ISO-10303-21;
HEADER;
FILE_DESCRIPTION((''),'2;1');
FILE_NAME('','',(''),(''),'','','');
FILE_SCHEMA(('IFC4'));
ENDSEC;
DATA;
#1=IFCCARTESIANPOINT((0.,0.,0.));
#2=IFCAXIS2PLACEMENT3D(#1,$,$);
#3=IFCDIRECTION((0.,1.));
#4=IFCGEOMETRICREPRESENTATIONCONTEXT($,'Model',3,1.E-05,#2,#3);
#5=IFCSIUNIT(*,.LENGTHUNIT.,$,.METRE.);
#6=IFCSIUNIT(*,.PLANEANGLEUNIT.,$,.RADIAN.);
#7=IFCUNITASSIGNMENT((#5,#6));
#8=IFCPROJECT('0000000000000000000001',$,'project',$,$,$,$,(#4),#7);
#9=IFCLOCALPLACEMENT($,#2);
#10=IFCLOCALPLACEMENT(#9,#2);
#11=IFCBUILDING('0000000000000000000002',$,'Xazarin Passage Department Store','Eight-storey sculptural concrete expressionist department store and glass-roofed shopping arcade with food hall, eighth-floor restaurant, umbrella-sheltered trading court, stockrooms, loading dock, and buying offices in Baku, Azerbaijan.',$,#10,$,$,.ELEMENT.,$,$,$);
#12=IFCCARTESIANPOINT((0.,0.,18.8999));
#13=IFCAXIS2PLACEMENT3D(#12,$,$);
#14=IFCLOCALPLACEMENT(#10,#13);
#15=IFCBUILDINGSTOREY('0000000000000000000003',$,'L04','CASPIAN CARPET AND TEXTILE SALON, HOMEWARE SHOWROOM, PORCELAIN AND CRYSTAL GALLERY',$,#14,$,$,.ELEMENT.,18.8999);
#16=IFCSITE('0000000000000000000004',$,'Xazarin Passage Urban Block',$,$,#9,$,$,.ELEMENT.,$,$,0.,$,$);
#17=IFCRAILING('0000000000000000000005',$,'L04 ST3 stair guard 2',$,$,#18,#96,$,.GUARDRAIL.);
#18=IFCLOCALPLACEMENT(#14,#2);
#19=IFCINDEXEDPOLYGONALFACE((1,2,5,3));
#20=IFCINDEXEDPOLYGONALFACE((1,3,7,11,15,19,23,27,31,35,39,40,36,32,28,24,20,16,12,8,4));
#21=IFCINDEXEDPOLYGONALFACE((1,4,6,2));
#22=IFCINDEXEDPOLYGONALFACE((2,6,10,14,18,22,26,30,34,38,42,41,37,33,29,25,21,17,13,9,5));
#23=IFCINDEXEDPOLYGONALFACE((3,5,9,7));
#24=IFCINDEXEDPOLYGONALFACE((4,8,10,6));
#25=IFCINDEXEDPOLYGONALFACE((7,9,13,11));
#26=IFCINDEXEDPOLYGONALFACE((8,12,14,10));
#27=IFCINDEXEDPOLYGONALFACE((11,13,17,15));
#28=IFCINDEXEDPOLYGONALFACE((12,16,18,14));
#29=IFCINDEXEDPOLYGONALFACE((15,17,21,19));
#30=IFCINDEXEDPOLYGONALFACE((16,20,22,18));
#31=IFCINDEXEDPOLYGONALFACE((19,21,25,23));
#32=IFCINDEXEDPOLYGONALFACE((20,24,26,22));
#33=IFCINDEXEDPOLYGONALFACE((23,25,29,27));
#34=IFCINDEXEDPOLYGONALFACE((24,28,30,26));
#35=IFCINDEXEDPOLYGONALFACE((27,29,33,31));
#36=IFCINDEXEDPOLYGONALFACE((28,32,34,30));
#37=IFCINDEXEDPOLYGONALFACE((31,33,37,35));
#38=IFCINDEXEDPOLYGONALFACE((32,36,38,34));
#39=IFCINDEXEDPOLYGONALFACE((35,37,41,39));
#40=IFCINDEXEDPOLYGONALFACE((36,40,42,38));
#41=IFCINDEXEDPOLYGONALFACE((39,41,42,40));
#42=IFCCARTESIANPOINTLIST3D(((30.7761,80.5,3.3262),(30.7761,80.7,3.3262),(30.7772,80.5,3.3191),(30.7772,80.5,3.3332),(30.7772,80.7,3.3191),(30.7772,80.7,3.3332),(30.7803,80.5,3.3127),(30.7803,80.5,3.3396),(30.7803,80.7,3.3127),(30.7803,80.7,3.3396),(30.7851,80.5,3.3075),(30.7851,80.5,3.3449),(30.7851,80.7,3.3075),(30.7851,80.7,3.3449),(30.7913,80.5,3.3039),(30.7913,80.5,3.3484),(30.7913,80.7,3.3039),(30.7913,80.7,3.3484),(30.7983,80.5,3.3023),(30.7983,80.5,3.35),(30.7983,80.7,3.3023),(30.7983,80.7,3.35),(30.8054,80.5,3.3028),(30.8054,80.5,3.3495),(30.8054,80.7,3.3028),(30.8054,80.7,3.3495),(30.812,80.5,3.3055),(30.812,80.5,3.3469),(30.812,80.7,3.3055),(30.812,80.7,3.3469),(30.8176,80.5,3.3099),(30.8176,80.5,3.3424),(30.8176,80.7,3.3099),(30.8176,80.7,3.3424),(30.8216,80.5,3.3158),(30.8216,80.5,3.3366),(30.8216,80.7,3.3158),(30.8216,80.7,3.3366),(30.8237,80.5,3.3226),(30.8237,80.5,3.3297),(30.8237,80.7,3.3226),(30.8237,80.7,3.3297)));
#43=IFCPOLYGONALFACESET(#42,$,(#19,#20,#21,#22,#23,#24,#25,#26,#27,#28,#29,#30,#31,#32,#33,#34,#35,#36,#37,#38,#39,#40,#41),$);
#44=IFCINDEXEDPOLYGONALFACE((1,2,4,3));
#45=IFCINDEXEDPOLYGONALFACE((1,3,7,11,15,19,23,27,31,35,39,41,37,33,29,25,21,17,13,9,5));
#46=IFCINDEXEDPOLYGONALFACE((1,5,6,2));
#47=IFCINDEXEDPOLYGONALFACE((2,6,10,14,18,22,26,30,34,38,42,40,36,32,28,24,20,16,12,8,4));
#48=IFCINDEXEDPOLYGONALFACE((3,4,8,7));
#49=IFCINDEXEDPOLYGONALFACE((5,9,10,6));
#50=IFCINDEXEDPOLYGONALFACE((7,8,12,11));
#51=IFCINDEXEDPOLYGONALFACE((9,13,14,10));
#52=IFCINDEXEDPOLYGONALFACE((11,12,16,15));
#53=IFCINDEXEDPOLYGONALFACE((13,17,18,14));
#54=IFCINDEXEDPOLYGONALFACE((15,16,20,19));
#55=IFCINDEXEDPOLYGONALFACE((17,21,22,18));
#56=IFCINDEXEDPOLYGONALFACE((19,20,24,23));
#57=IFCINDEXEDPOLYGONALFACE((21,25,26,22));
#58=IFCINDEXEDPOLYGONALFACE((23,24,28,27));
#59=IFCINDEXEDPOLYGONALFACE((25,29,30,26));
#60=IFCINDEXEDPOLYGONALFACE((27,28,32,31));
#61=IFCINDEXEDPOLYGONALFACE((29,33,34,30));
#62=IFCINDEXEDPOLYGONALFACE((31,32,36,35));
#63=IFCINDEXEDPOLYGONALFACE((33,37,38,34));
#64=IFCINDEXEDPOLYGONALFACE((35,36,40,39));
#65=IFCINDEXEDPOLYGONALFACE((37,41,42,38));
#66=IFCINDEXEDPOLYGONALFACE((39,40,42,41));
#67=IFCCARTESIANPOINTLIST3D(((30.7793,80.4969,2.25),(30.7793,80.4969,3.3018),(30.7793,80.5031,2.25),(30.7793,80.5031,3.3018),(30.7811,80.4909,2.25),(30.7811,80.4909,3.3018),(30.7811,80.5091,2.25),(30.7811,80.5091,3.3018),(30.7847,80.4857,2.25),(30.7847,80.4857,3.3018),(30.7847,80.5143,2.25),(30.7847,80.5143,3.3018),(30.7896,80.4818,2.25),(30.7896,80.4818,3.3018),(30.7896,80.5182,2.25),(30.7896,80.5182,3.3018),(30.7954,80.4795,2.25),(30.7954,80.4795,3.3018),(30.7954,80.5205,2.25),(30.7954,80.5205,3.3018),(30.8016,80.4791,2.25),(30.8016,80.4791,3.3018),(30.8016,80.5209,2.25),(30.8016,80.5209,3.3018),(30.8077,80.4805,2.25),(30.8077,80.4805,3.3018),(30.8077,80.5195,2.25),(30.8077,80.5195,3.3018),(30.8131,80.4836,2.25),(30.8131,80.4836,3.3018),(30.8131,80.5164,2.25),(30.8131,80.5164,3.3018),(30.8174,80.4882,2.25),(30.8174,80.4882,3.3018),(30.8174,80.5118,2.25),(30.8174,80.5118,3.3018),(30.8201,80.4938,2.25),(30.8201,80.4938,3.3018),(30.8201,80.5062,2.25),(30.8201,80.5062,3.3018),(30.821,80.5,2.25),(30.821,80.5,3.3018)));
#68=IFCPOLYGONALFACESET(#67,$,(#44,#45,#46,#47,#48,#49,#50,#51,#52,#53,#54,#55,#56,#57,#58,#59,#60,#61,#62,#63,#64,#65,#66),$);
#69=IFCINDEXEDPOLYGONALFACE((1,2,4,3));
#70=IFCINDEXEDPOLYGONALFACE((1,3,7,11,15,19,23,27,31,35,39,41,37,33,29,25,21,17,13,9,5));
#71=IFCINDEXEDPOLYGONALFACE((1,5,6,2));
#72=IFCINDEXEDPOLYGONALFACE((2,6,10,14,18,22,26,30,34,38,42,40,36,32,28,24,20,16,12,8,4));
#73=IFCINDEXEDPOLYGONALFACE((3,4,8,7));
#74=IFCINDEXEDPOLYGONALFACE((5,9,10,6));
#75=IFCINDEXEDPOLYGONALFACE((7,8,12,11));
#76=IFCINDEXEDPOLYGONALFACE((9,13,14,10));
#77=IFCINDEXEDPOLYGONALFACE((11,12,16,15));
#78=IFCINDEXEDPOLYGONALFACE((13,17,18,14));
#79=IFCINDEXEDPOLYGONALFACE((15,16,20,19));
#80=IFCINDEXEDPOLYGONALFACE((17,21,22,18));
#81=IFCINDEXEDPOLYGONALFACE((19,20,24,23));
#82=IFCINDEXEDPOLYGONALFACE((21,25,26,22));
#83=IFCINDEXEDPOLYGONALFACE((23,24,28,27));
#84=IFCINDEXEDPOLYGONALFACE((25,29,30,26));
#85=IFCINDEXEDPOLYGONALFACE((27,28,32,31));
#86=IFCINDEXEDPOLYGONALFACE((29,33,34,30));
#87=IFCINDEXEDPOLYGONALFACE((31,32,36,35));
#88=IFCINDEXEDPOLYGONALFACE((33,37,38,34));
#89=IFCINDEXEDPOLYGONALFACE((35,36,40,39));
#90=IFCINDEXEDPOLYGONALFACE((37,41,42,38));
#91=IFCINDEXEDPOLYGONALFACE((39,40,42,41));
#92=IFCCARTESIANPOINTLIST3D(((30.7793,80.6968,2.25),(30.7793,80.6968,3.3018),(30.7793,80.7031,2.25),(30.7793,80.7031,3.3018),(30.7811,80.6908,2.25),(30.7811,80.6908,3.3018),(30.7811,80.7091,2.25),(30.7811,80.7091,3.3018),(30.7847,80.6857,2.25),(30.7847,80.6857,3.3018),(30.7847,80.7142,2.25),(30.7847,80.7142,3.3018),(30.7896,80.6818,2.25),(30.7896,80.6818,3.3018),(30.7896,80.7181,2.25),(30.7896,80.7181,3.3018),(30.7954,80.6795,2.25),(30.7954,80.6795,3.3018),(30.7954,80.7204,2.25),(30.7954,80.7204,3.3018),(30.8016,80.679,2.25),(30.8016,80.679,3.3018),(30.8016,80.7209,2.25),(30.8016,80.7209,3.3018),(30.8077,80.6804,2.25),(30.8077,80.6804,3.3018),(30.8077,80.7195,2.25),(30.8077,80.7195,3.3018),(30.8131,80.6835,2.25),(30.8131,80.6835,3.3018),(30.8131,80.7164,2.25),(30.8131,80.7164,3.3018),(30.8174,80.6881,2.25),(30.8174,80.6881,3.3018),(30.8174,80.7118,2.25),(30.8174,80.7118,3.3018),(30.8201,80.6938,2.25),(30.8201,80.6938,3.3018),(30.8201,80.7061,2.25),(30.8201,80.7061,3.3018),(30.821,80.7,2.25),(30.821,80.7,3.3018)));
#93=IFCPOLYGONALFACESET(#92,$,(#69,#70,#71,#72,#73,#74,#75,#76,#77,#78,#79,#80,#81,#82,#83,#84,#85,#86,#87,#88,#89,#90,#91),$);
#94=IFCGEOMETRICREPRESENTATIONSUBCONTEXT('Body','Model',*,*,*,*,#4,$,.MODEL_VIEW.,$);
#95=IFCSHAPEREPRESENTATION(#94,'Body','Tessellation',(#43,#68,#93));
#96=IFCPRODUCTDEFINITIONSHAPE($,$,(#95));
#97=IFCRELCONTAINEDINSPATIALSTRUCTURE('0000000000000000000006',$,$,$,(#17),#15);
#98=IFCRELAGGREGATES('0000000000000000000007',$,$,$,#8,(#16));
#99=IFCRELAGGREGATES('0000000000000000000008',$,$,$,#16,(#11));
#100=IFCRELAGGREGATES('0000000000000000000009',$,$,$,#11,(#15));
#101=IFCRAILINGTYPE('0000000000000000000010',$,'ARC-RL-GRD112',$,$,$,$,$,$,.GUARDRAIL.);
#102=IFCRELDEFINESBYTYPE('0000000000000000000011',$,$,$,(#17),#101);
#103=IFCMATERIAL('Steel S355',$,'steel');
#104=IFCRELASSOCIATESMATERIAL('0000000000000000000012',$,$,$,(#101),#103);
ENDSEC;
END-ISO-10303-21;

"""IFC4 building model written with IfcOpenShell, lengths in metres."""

from ifc_helpers import new_model, si_unit, direction, frame, origin, origin_2d, place, context, subcontext, project, spatial, circle, extrude, material, type_object, element, save


model = new_model("IFC4")

# Units and contexts
model_context = context("Model", 3, precision=1e-05, world=origin(), true_north=direction((0.0, 1.0)))
body_context = subcontext(model_context, "Body", "Model", "MODEL_VIEW")
ifc_project = project(units=[si_unit("LENGTHUNIT", "METRE"), si_unit("PLANEANGLEUNIT", "RADIAN")], contexts=[model_context])

# Site, building, storey
site_placement = place(None, origin())
site = spatial("IfcSite", under=ifc_project, at=site_placement, Name="Xazarin Passage Urban Block", CompositionType="ELEMENT", RefElevation=0.0)
building_placement = place(site_placement, origin())
building = spatial("IfcBuilding", under=site, at=building_placement, Name="Xazarin Passage Department Store", Description="Eight-storey sculptural concrete expressionist department store and glass-roofed shopping arcade with food hall, eighth-floor restaurant, umbrella-sheltered trading court, stockrooms, loading dock, and buying offices in Baku, Azerbaijan.", CompositionType="ELEMENT")
storey_placement = place(building_placement, frame((0.0, 0.0, 18.8999)))
storey = spatial("IfcBuildingStorey", under=building, at=storey_placement, Name="L04", Description="CASPIAN CARPET AND TEXTILE SALON, HOMEWARE SHOWROOM, PORCELAIN AND CRYSTAL GALLERY", CompositionType="ELEMENT", Elevation=18.8999)

# Shared definitions
ifc_material_1 = material(Name="Steel S355", Category="steel")

# Railing
railing_type_1 = type_object("IfcRailingType", Name="ARC-RL-GRD112", PredefinedType="GUARDRAIL", material=ifc_material_1)
railing_1_placement = place(storey_placement, frame((30.8, 80.5, 2.25)))
element("IfcRailing", 1, at=railing_1_placement, inside=storey, type_object=railing_type_1, Name="L04 ST3 stair guard 2", PredefinedType="GUARDRAIL", context=body_context, shape_type="SweptSolid", body=[
    extrude(circle(Radius=0.0239, at=origin_2d()), frame((0.0, 0.0, 1.0762), z_axis=(0.0, 1.0, 0.0), x_axis=(-1.0, 0.0, 0.0)), (0.0, 0.0, 1.0), 0.2),
    extrude(circle(Radius=0.021, at=origin_2d()), origin(), (0.0, 0.0, 1.0), 1.0518),
    extrude(circle(Radius=0.021, at=origin_2d()), frame((0.0, 0.2, 0.0)), (0.0, 0.0, 1.0), 1.0518),
])

save(model, "model.ifc")
